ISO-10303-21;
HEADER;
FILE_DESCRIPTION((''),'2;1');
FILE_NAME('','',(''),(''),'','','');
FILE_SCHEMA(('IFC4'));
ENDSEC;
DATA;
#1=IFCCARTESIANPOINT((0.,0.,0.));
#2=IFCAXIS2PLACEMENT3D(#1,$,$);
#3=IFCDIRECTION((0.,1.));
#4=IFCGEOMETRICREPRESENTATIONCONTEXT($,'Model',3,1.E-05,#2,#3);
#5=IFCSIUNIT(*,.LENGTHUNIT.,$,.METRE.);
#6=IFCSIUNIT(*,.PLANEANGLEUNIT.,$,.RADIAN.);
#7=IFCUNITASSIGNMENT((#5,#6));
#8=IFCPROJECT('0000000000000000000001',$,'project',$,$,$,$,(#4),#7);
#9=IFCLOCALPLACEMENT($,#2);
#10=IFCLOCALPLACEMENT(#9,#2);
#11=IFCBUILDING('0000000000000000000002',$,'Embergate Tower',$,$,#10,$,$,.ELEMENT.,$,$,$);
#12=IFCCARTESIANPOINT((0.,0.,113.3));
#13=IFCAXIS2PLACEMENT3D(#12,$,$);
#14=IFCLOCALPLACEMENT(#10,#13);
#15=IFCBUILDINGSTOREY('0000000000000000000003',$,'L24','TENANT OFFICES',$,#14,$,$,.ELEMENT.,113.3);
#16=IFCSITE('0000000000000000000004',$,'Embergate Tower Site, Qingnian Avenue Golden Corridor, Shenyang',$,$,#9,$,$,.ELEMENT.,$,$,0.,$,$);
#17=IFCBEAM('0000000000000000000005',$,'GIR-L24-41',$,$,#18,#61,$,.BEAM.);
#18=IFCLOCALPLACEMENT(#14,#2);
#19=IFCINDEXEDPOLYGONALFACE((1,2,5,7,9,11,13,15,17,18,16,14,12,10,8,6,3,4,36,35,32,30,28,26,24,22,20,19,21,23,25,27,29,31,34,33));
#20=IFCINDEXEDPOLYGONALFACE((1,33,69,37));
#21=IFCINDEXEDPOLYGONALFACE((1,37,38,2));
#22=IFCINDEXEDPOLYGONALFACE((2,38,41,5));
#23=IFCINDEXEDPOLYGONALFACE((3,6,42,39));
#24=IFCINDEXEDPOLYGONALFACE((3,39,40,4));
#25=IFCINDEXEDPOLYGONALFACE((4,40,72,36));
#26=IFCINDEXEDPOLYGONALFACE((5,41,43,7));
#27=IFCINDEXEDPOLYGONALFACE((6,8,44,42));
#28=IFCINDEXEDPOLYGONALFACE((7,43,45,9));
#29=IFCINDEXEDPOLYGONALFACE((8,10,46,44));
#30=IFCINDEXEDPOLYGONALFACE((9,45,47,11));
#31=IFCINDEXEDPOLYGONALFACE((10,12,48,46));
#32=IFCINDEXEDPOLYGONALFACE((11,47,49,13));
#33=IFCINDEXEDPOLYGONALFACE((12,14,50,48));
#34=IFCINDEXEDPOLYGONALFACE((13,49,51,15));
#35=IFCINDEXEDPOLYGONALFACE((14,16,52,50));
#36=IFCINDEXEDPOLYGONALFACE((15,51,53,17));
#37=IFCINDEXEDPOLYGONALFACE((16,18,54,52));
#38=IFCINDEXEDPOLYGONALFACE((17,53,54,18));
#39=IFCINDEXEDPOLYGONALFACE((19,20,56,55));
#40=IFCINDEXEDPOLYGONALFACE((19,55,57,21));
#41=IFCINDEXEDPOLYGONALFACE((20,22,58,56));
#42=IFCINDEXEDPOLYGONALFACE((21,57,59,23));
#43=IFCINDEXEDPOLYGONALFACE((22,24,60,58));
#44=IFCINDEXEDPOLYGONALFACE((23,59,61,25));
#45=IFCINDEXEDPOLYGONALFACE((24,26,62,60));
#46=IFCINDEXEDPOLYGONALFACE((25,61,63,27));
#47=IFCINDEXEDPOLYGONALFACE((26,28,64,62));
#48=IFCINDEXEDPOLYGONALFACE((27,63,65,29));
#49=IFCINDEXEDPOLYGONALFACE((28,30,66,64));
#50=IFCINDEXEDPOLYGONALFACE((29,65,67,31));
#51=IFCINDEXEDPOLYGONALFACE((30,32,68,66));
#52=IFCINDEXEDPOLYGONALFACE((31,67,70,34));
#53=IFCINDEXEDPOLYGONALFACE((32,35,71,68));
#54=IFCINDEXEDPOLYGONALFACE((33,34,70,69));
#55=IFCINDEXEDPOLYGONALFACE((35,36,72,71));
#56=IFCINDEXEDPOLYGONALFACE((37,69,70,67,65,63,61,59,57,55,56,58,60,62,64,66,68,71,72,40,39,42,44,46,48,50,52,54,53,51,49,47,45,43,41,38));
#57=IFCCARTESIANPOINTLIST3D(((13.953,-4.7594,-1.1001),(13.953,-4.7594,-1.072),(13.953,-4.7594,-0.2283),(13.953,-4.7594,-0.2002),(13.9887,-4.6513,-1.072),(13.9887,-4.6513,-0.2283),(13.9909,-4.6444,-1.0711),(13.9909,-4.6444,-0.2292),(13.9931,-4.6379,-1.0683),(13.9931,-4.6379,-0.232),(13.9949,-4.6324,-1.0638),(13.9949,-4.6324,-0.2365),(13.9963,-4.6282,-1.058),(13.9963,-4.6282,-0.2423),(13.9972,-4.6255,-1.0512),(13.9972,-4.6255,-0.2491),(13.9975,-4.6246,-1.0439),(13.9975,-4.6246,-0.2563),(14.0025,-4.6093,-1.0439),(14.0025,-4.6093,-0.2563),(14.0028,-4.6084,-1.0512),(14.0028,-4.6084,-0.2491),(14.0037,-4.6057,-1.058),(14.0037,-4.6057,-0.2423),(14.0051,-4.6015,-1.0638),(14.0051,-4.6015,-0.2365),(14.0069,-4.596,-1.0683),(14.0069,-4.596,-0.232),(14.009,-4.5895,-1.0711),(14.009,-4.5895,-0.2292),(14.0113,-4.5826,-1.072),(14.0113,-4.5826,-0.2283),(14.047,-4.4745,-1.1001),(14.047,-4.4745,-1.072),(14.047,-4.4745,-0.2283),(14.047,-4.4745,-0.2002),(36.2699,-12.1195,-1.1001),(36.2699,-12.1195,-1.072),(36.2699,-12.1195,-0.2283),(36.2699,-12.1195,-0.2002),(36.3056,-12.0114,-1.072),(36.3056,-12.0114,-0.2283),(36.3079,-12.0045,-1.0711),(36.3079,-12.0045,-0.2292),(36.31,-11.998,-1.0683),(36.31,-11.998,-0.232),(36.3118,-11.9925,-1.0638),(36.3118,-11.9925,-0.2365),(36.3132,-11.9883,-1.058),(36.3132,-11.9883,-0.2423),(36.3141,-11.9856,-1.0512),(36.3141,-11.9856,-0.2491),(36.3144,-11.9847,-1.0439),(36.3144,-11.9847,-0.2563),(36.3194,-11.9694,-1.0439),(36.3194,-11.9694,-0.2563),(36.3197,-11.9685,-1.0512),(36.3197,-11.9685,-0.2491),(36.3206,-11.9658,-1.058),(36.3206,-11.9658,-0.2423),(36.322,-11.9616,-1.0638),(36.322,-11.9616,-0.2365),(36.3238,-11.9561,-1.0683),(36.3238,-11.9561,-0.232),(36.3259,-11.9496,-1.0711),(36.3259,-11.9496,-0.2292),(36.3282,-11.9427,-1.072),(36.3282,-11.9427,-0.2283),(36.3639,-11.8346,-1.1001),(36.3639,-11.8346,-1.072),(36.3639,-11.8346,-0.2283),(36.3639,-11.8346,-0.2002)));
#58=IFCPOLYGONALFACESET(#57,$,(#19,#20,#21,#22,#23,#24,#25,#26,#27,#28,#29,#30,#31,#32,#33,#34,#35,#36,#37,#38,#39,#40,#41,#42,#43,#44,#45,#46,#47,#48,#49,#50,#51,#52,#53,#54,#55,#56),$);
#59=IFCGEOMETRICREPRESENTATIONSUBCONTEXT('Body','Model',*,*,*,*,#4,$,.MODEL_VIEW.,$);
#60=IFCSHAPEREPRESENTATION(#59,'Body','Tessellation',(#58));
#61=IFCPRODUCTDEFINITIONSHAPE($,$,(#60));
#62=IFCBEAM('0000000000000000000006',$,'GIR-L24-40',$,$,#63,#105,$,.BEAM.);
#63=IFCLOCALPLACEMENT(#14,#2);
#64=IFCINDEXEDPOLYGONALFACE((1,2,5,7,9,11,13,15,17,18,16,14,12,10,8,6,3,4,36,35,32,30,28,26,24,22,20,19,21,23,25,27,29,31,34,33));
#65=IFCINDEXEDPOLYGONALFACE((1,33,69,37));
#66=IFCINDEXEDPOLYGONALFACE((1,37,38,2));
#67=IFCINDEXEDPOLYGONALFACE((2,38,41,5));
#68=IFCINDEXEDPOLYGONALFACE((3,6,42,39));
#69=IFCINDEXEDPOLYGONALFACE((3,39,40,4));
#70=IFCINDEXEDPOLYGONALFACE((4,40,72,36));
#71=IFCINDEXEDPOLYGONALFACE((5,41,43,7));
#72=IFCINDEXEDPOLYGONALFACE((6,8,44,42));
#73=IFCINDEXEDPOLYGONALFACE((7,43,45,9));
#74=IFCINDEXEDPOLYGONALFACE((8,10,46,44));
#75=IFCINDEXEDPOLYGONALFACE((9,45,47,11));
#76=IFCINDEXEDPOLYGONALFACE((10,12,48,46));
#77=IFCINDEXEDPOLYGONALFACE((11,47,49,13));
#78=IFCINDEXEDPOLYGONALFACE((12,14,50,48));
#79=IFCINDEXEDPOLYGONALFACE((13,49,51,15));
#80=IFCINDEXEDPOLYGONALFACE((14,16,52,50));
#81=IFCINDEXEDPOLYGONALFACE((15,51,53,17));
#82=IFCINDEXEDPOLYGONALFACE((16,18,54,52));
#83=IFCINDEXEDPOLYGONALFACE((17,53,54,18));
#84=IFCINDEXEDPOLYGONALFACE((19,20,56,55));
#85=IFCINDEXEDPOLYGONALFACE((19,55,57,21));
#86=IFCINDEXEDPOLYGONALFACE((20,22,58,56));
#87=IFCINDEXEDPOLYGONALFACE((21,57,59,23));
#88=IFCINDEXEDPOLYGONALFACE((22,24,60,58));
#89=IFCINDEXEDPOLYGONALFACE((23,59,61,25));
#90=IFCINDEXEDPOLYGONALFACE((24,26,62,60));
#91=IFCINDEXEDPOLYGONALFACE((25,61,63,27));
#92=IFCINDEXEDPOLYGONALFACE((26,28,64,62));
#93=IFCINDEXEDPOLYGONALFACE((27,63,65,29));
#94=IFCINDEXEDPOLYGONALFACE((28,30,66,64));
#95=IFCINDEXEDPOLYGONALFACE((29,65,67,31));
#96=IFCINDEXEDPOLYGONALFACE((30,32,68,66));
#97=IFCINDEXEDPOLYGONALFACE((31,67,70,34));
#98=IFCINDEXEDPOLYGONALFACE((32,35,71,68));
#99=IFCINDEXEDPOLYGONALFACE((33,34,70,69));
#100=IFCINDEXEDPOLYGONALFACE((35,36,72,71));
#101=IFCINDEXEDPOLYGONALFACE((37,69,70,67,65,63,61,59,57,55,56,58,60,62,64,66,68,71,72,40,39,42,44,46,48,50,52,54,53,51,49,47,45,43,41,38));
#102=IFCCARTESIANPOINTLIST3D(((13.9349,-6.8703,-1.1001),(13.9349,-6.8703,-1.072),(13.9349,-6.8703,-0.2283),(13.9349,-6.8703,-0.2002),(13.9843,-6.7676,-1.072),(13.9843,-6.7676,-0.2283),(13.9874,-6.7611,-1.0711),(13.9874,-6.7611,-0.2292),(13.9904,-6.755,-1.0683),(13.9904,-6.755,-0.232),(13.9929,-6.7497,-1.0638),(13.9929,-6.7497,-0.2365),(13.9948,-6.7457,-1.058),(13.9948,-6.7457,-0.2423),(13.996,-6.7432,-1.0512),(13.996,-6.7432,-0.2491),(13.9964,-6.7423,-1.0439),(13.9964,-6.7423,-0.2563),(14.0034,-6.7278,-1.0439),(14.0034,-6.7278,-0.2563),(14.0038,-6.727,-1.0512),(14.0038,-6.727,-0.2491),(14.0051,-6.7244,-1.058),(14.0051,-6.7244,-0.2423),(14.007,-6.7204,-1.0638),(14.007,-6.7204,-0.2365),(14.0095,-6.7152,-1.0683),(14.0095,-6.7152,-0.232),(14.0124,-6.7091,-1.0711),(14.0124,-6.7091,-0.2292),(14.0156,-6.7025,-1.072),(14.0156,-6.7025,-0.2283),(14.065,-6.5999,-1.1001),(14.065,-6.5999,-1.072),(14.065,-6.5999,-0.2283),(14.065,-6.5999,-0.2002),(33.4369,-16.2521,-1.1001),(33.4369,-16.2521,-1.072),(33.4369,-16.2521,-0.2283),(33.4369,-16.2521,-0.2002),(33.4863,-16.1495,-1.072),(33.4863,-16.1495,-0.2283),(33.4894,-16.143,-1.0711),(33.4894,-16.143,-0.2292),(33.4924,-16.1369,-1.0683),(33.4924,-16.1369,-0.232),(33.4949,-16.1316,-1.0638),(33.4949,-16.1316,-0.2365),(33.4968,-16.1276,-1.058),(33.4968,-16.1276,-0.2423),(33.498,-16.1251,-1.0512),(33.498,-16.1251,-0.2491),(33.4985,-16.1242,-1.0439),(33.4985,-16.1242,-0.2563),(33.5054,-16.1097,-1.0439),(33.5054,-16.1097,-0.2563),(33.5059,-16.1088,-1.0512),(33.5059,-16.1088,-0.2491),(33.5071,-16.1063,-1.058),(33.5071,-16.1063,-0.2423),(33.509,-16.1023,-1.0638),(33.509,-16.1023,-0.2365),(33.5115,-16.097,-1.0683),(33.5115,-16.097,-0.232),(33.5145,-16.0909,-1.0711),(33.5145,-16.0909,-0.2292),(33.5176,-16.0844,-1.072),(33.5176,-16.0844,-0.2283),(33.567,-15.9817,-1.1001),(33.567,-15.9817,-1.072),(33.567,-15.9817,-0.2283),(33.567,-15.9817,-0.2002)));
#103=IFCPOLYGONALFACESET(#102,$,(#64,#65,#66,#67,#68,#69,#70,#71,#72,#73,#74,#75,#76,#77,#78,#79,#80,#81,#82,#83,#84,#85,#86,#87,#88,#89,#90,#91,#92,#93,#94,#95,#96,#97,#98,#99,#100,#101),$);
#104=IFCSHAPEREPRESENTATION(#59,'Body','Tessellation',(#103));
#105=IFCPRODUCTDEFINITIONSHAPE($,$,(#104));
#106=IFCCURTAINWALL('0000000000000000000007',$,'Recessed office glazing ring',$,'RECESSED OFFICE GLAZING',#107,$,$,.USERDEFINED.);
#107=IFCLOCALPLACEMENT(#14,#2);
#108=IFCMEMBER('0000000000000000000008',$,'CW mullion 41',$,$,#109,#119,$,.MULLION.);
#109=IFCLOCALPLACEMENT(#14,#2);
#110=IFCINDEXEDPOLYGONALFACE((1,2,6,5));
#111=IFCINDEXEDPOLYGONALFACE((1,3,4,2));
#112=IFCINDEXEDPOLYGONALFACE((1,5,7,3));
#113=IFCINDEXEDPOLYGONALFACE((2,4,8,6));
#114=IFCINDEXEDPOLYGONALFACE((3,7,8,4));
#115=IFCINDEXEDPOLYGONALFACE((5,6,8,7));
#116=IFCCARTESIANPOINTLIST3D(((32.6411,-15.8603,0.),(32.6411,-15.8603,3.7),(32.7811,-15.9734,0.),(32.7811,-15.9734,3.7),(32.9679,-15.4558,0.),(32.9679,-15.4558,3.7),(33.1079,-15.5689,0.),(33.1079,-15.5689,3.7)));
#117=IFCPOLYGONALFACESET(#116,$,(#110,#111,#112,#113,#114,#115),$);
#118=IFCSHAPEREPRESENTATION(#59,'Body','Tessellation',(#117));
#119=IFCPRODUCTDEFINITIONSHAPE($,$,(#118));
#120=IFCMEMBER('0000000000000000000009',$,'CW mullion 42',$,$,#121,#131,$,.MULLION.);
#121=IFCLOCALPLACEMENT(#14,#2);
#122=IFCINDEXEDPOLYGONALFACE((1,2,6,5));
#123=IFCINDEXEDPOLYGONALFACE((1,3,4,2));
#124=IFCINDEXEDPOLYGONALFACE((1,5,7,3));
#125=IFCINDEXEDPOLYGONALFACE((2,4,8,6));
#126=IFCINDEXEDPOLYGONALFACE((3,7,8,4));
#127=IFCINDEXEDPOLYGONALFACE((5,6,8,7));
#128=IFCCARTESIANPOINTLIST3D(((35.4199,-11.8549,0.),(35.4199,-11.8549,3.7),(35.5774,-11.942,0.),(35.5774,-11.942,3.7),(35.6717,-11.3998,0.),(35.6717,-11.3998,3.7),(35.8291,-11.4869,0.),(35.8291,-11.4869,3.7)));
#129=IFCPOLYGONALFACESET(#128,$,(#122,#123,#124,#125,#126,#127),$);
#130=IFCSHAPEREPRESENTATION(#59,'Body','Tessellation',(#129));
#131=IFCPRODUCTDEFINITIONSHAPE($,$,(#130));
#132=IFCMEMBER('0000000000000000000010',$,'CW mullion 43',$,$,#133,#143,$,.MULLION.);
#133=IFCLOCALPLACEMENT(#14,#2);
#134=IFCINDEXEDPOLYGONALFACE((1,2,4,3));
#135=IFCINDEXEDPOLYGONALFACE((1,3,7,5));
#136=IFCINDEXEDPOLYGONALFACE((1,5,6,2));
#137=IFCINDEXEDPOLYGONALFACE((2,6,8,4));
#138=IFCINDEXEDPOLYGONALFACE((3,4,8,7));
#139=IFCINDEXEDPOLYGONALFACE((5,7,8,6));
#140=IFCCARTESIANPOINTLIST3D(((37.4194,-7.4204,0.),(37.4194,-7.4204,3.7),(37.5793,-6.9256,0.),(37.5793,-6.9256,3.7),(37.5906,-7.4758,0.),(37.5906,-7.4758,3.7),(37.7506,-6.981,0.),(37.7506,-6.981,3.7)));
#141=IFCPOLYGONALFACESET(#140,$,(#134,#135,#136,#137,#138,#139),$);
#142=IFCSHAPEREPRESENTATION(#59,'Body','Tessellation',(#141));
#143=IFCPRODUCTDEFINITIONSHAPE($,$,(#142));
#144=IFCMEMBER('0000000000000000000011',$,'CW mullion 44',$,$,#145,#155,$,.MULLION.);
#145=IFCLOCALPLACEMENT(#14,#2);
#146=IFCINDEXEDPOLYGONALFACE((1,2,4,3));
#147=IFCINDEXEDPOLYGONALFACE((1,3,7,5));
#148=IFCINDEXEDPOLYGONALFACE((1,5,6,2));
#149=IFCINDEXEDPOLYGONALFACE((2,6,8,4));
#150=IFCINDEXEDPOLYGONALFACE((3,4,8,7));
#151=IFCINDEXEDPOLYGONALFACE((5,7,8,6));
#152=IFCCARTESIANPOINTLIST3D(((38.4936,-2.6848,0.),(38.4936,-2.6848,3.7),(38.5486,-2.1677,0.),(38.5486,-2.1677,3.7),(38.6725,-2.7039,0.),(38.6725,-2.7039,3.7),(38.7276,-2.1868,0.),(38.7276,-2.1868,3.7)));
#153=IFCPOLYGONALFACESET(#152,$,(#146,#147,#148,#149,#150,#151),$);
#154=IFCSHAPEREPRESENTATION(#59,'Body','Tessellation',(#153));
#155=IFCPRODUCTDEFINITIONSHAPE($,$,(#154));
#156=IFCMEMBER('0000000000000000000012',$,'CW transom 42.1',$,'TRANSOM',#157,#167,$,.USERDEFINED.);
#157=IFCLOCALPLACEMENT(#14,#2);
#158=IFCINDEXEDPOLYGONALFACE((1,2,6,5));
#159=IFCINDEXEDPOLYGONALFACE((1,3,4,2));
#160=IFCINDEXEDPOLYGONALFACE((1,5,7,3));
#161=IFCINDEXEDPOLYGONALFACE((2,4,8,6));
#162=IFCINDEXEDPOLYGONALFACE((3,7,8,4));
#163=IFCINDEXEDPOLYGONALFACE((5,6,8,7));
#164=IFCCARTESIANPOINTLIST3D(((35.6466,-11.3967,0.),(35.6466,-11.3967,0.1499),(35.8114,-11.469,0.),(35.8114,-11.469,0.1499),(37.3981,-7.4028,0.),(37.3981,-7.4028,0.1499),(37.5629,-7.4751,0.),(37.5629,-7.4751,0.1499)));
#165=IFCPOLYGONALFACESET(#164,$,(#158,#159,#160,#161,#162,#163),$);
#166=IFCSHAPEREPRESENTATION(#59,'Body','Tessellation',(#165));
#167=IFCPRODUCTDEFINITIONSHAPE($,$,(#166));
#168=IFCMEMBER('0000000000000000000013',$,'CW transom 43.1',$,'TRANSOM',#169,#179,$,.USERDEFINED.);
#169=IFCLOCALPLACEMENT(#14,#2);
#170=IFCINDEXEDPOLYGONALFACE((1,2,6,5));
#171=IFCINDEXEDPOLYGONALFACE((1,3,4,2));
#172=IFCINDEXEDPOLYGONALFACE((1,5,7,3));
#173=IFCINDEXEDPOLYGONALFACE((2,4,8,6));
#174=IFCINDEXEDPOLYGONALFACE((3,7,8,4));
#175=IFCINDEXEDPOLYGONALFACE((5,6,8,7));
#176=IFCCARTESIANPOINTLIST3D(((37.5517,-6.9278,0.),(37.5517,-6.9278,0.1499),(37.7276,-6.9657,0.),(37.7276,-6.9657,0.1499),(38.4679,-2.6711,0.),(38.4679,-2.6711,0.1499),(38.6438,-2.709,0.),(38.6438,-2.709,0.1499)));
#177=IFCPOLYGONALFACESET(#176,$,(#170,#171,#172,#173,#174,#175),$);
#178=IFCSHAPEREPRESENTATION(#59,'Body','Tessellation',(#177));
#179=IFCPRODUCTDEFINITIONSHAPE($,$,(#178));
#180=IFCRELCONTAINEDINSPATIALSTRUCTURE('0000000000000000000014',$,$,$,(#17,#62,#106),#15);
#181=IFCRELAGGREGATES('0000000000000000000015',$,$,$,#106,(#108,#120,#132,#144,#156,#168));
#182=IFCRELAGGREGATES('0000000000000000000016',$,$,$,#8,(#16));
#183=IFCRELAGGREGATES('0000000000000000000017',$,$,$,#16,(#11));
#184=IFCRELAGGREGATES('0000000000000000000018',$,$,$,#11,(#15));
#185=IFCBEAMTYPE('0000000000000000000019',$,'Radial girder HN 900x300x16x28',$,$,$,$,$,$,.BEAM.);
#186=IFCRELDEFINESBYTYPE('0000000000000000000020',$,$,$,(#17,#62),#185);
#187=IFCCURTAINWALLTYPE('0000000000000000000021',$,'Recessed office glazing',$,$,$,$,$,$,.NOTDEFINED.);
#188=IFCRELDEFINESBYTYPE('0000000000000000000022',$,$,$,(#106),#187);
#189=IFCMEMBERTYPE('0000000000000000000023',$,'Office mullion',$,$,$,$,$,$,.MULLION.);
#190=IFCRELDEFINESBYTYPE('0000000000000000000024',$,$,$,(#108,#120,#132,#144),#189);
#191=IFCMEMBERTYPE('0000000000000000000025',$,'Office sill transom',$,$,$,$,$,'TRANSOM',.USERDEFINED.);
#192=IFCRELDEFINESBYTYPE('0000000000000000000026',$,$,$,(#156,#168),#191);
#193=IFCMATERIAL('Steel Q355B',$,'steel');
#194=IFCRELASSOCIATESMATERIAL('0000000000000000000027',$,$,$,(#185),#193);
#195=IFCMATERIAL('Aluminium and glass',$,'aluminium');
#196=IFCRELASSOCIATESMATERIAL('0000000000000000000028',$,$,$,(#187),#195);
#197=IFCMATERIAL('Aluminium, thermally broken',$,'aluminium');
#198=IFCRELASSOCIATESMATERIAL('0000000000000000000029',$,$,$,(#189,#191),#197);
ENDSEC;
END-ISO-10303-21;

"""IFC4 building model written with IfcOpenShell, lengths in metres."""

from ifc_helpers import new_model, si_unit, direction, frame, origin, origin_2d, place, context, subcontext, project, spatial, rectangle, i_section, extrude, source, transform, mapped, material, material_profile, profile_set, type_object, element, aggregate, save


model = new_model("IFC4")

# Units and contexts
model_context = context("Model", 3, precision=1e-05, world=origin(), true_north=direction((0.0, 1.0)))
body_context = subcontext(model_context, "Body", "Model", "MODEL_VIEW")
ifc_project = project(units=[si_unit("LENGTHUNIT", "METRE"), si_unit("PLANEANGLEUNIT", "RADIAN")], contexts=[model_context])

# Site, building, storey
site_placement = place(None, origin())
site = spatial("IfcSite", under=ifc_project, at=site_placement, Name="Embergate Tower Site, Qingnian Avenue Golden Corridor, Shenyang", CompositionType="ELEMENT", RefElevation=0.0)
building_placement = place(site_placement, origin())
building = spatial("IfcBuilding", under=site, at=building_placement, Name="Embergate Tower", CompositionType="ELEMENT")
storey_placement = place(building_placement, frame((0.0, 0.0, 113.3)))
storey = spatial("IfcBuildingStorey", under=building, at=storey_placement, Name="L24", Description="TENANT OFFICES", CompositionType="ELEMENT", Elevation=113.3)

# Beams
ifc_material_1 = material(Name="Steel Q355B", Category="steel")
ifc_material_profile_1 = material_profile(ifc_material_1, i_section(OverallWidth=0.3, OverallDepth=0.8999, WebThickness=0.0161, FlangeThickness=0.0281, FilletRadius=0.0281, at=origin_2d()), Name="HN 900x300x16x28")
ifc_profile_set_1 = profile_set([ifc_material_profile_1], Name="Steel Q355 grade B")
beam_type_1 = type_object("IfcBeamType", Name="Radial girder HN 900x300x16x28", PredefinedType="BEAM", material=ifc_profile_set_1)
shared_shape_1 = source(origin(), body_context, "Body", "SweptSolid", [
    extrude(i_section(OverallWidth=0.3, OverallDepth=0.8999, WebThickness=0.0161, FlangeThickness=0.0281, FilletRadius=0.0281, at=origin_2d()), origin(), (0.0, 0.0, 1.0), 23.4993),
])
beam_1_placement = place(storey_placement, frame((36.3169, -11.9771, -0.6501), z_axis=(-0.949685, 0.313206, 0.0), x_axis=(-0.313206, -0.949685, 0.0)))
element("IfcBeam", 1, at=beam_1_placement, inside=storey, type_object=beam_type_1, Name="GIR-L24-41", PredefinedType="BEAM", context=body_context, shape_type="MappedRepresentation", body=[
    mapped(shared_shape_1, transform((0.0, 0.0, 0.0))),
])
shared_shape_2 = source(origin(), body_context, "Body", "SweptSolid", [
    extrude(i_section(OverallWidth=0.3, OverallDepth=0.8999, WebThickness=0.0161, FlangeThickness=0.0281, FilletRadius=0.0281, at=origin_2d()), origin(), (0.0, 0.0, 1.0), 21.6414),
])
beam_2_placement = place(storey_placement, frame((33.502, -16.1169, -0.6501), z_axis=(-0.901146, 0.433516, 0.0), x_axis=(-0.433516, -0.901146, 0.0)))
element("IfcBeam", 2, at=beam_2_placement, inside=storey, type_object=beam_type_1, Name="GIR-L24-40", PredefinedType="BEAM", context=body_context, shape_type="MappedRepresentation", body=[
    mapped(shared_shape_2, transform((0.0, 0.0, 0.0))),
])

# Curtain wall, members
ifc_material_2 = material(Name="Aluminium and glass", Category="aluminium")
curtain_wall_type = type_object("IfcCurtainWallType", Name="Recessed office glazing", PredefinedType="NOTDEFINED", material=ifc_material_2)
curtain_wall_placement = place(storey_placement, origin())
curtain_wall = element("IfcCurtainWall", 3, at=curtain_wall_placement, inside=storey, type_object=curtain_wall_type, Name="Recessed office glazing ring", ObjectType="RECESSED OFFICE GLAZING", PredefinedType="USERDEFINED")
ifc_material_3 = material(Name="Aluminium, thermally broken", Category="aluminium")
ifc_material_profile_2 = material_profile(ifc_material_3, rectangle(XDim=0.1799, YDim=0.52, at=origin_2d()), Name="AL 520x180")
ifc_profile_set_2 = profile_set([ifc_material_profile_2], Name="Aluminium, thermally broken")
member_type_1 = type_object("IfcMemberType", Name="Office mullion", PredefinedType="MULLION", material=ifc_profile_set_2)
shared_shape_3 = source(origin(), body_context, "Body", "SweptSolid", [
    extrude(rectangle(XDim=0.1799, YDim=0.52, at=origin_2d()), origin(), (0.0, 0.0, 1.0), 3.7),
])
member_1_placement = place(storey_placement, frame((32.8745, -15.7146, 0.0), z_axis=(0.0, 0.0, 1.0), x_axis=(-0.777879, 0.628414, 0.0)))
member_1 = element("IfcMember", 4, at=member_1_placement, type_object=member_type_1, Name="CW mullion 41", PredefinedType="MULLION", context=body_context, shape_type="MappedRepresentation", body=[
    mapped(shared_shape_3, transform((0.0, 0.0, 0.0))),
])
member_2_placement = place(storey_placement, frame((35.6245, -11.6709, 0.0), z_axis=(0.0, 0.0, 1.0), x_axis=(-0.875007, 0.48411, 0.0)))
member_2 = element("IfcMember", 5, at=member_2_placement, type_object=member_type_1, Name="CW mullion 42", PredefinedType="MULLION", context=body_context, shape_type="MappedRepresentation", body=[
    mapped(shared_shape_3, transform((0.0, 0.0, 0.0))),
])
member_3_placement = place(storey_placement, frame((37.585, -7.2007, 0.0), z_axis=(0.0, 0.0, 1.0), x_axis=(-0.9515, 0.307647, 0.0)))
member_3 = element("IfcMember", 6, at=member_3_placement, type_object=member_type_1, Name="CW mullion 43", PredefinedType="MULLION", context=body_context, shape_type="MappedRepresentation", body=[
    mapped(shared_shape_3, transform((0.0, 0.0, 0.0))),
])
member_4_placement = place(storey_placement, frame((38.6106, -2.4358, 0.0), z_axis=(0.0, 0.0, 1.0), x_axis=(-0.994385, 0.10582, 0.0)))
member_4 = element("IfcMember", 7, at=member_4_placement, type_object=member_type_1, Name="CW mullion 44", PredefinedType="MULLION", context=body_context, shape_type="MappedRepresentation", body=[
    mapped(shared_shape_3, transform((0.0, 0.0, 0.0))),
])
ifc_material_profile_3 = material_profile(ifc_material_3, rectangle(XDim=0.1799, YDim=0.1499, at=origin_2d()), Name="AL 150x180")
ifc_profile_set_3 = profile_set([ifc_material_profile_3], Name="Aluminium, thermally broken")
member_type_2 = type_object("IfcMemberType", Name="Office sill transom", ElementType="TRANSOM", PredefinedType="USERDEFINED", material=ifc_profile_set_3)
shared_shape_4 = source(origin(), body_context, "Body", "SweptSolid", [
    extrude(rectangle(XDim=0.1799, YDim=0.1499, at=origin_2d()), origin(), (0.0, 0.0, 1.0), 4.3611),
])
member_5_placement = place(storey_placement, frame((35.729, -11.4329, 0.075), z_axis=(0.401615, 0.915809, 0.0), x_axis=(-0.915809, 0.401615, 0.0)))
member_5 = element("IfcMember", 8, at=member_5_placement, type_object=member_type_2, Name="CW transom 42.1", ObjectType="TRANSOM", PredefinedType="USERDEFINED", context=body_context, shape_type="MappedRepresentation", body=[
    mapped(shared_shape_4, transform((0.0, 0.0, 0.0))),
])
shared_shape_5 = source(origin(), body_context, "Body", "SweptSolid", [
    extrude(rectangle(XDim=0.1799, YDim=0.1499, at=origin_2d()), origin(), (0.0, 0.0, 1.0), 4.3542),
])
member_6_placement = place(storey_placement, frame((37.6396, -6.9468, 0.075), z_axis=(0.210425, 0.97761, 0.0), x_axis=(-0.97761, 0.210425, 0.0)))
member_6 = element("IfcMember", 9, at=member_6_placement, type_object=member_type_2, Name="CW transom 43.1", ObjectType="TRANSOM", PredefinedType="USERDEFINED", context=body_context, shape_type="MappedRepresentation", body=[
    mapped(shared_shape_5, transform((0.0, 0.0, 0.0))),
])
aggregate(curtain_wall, [member_1, member_2, member_3, member_4, member_5, member_6])

save(model, "model.ifc")
